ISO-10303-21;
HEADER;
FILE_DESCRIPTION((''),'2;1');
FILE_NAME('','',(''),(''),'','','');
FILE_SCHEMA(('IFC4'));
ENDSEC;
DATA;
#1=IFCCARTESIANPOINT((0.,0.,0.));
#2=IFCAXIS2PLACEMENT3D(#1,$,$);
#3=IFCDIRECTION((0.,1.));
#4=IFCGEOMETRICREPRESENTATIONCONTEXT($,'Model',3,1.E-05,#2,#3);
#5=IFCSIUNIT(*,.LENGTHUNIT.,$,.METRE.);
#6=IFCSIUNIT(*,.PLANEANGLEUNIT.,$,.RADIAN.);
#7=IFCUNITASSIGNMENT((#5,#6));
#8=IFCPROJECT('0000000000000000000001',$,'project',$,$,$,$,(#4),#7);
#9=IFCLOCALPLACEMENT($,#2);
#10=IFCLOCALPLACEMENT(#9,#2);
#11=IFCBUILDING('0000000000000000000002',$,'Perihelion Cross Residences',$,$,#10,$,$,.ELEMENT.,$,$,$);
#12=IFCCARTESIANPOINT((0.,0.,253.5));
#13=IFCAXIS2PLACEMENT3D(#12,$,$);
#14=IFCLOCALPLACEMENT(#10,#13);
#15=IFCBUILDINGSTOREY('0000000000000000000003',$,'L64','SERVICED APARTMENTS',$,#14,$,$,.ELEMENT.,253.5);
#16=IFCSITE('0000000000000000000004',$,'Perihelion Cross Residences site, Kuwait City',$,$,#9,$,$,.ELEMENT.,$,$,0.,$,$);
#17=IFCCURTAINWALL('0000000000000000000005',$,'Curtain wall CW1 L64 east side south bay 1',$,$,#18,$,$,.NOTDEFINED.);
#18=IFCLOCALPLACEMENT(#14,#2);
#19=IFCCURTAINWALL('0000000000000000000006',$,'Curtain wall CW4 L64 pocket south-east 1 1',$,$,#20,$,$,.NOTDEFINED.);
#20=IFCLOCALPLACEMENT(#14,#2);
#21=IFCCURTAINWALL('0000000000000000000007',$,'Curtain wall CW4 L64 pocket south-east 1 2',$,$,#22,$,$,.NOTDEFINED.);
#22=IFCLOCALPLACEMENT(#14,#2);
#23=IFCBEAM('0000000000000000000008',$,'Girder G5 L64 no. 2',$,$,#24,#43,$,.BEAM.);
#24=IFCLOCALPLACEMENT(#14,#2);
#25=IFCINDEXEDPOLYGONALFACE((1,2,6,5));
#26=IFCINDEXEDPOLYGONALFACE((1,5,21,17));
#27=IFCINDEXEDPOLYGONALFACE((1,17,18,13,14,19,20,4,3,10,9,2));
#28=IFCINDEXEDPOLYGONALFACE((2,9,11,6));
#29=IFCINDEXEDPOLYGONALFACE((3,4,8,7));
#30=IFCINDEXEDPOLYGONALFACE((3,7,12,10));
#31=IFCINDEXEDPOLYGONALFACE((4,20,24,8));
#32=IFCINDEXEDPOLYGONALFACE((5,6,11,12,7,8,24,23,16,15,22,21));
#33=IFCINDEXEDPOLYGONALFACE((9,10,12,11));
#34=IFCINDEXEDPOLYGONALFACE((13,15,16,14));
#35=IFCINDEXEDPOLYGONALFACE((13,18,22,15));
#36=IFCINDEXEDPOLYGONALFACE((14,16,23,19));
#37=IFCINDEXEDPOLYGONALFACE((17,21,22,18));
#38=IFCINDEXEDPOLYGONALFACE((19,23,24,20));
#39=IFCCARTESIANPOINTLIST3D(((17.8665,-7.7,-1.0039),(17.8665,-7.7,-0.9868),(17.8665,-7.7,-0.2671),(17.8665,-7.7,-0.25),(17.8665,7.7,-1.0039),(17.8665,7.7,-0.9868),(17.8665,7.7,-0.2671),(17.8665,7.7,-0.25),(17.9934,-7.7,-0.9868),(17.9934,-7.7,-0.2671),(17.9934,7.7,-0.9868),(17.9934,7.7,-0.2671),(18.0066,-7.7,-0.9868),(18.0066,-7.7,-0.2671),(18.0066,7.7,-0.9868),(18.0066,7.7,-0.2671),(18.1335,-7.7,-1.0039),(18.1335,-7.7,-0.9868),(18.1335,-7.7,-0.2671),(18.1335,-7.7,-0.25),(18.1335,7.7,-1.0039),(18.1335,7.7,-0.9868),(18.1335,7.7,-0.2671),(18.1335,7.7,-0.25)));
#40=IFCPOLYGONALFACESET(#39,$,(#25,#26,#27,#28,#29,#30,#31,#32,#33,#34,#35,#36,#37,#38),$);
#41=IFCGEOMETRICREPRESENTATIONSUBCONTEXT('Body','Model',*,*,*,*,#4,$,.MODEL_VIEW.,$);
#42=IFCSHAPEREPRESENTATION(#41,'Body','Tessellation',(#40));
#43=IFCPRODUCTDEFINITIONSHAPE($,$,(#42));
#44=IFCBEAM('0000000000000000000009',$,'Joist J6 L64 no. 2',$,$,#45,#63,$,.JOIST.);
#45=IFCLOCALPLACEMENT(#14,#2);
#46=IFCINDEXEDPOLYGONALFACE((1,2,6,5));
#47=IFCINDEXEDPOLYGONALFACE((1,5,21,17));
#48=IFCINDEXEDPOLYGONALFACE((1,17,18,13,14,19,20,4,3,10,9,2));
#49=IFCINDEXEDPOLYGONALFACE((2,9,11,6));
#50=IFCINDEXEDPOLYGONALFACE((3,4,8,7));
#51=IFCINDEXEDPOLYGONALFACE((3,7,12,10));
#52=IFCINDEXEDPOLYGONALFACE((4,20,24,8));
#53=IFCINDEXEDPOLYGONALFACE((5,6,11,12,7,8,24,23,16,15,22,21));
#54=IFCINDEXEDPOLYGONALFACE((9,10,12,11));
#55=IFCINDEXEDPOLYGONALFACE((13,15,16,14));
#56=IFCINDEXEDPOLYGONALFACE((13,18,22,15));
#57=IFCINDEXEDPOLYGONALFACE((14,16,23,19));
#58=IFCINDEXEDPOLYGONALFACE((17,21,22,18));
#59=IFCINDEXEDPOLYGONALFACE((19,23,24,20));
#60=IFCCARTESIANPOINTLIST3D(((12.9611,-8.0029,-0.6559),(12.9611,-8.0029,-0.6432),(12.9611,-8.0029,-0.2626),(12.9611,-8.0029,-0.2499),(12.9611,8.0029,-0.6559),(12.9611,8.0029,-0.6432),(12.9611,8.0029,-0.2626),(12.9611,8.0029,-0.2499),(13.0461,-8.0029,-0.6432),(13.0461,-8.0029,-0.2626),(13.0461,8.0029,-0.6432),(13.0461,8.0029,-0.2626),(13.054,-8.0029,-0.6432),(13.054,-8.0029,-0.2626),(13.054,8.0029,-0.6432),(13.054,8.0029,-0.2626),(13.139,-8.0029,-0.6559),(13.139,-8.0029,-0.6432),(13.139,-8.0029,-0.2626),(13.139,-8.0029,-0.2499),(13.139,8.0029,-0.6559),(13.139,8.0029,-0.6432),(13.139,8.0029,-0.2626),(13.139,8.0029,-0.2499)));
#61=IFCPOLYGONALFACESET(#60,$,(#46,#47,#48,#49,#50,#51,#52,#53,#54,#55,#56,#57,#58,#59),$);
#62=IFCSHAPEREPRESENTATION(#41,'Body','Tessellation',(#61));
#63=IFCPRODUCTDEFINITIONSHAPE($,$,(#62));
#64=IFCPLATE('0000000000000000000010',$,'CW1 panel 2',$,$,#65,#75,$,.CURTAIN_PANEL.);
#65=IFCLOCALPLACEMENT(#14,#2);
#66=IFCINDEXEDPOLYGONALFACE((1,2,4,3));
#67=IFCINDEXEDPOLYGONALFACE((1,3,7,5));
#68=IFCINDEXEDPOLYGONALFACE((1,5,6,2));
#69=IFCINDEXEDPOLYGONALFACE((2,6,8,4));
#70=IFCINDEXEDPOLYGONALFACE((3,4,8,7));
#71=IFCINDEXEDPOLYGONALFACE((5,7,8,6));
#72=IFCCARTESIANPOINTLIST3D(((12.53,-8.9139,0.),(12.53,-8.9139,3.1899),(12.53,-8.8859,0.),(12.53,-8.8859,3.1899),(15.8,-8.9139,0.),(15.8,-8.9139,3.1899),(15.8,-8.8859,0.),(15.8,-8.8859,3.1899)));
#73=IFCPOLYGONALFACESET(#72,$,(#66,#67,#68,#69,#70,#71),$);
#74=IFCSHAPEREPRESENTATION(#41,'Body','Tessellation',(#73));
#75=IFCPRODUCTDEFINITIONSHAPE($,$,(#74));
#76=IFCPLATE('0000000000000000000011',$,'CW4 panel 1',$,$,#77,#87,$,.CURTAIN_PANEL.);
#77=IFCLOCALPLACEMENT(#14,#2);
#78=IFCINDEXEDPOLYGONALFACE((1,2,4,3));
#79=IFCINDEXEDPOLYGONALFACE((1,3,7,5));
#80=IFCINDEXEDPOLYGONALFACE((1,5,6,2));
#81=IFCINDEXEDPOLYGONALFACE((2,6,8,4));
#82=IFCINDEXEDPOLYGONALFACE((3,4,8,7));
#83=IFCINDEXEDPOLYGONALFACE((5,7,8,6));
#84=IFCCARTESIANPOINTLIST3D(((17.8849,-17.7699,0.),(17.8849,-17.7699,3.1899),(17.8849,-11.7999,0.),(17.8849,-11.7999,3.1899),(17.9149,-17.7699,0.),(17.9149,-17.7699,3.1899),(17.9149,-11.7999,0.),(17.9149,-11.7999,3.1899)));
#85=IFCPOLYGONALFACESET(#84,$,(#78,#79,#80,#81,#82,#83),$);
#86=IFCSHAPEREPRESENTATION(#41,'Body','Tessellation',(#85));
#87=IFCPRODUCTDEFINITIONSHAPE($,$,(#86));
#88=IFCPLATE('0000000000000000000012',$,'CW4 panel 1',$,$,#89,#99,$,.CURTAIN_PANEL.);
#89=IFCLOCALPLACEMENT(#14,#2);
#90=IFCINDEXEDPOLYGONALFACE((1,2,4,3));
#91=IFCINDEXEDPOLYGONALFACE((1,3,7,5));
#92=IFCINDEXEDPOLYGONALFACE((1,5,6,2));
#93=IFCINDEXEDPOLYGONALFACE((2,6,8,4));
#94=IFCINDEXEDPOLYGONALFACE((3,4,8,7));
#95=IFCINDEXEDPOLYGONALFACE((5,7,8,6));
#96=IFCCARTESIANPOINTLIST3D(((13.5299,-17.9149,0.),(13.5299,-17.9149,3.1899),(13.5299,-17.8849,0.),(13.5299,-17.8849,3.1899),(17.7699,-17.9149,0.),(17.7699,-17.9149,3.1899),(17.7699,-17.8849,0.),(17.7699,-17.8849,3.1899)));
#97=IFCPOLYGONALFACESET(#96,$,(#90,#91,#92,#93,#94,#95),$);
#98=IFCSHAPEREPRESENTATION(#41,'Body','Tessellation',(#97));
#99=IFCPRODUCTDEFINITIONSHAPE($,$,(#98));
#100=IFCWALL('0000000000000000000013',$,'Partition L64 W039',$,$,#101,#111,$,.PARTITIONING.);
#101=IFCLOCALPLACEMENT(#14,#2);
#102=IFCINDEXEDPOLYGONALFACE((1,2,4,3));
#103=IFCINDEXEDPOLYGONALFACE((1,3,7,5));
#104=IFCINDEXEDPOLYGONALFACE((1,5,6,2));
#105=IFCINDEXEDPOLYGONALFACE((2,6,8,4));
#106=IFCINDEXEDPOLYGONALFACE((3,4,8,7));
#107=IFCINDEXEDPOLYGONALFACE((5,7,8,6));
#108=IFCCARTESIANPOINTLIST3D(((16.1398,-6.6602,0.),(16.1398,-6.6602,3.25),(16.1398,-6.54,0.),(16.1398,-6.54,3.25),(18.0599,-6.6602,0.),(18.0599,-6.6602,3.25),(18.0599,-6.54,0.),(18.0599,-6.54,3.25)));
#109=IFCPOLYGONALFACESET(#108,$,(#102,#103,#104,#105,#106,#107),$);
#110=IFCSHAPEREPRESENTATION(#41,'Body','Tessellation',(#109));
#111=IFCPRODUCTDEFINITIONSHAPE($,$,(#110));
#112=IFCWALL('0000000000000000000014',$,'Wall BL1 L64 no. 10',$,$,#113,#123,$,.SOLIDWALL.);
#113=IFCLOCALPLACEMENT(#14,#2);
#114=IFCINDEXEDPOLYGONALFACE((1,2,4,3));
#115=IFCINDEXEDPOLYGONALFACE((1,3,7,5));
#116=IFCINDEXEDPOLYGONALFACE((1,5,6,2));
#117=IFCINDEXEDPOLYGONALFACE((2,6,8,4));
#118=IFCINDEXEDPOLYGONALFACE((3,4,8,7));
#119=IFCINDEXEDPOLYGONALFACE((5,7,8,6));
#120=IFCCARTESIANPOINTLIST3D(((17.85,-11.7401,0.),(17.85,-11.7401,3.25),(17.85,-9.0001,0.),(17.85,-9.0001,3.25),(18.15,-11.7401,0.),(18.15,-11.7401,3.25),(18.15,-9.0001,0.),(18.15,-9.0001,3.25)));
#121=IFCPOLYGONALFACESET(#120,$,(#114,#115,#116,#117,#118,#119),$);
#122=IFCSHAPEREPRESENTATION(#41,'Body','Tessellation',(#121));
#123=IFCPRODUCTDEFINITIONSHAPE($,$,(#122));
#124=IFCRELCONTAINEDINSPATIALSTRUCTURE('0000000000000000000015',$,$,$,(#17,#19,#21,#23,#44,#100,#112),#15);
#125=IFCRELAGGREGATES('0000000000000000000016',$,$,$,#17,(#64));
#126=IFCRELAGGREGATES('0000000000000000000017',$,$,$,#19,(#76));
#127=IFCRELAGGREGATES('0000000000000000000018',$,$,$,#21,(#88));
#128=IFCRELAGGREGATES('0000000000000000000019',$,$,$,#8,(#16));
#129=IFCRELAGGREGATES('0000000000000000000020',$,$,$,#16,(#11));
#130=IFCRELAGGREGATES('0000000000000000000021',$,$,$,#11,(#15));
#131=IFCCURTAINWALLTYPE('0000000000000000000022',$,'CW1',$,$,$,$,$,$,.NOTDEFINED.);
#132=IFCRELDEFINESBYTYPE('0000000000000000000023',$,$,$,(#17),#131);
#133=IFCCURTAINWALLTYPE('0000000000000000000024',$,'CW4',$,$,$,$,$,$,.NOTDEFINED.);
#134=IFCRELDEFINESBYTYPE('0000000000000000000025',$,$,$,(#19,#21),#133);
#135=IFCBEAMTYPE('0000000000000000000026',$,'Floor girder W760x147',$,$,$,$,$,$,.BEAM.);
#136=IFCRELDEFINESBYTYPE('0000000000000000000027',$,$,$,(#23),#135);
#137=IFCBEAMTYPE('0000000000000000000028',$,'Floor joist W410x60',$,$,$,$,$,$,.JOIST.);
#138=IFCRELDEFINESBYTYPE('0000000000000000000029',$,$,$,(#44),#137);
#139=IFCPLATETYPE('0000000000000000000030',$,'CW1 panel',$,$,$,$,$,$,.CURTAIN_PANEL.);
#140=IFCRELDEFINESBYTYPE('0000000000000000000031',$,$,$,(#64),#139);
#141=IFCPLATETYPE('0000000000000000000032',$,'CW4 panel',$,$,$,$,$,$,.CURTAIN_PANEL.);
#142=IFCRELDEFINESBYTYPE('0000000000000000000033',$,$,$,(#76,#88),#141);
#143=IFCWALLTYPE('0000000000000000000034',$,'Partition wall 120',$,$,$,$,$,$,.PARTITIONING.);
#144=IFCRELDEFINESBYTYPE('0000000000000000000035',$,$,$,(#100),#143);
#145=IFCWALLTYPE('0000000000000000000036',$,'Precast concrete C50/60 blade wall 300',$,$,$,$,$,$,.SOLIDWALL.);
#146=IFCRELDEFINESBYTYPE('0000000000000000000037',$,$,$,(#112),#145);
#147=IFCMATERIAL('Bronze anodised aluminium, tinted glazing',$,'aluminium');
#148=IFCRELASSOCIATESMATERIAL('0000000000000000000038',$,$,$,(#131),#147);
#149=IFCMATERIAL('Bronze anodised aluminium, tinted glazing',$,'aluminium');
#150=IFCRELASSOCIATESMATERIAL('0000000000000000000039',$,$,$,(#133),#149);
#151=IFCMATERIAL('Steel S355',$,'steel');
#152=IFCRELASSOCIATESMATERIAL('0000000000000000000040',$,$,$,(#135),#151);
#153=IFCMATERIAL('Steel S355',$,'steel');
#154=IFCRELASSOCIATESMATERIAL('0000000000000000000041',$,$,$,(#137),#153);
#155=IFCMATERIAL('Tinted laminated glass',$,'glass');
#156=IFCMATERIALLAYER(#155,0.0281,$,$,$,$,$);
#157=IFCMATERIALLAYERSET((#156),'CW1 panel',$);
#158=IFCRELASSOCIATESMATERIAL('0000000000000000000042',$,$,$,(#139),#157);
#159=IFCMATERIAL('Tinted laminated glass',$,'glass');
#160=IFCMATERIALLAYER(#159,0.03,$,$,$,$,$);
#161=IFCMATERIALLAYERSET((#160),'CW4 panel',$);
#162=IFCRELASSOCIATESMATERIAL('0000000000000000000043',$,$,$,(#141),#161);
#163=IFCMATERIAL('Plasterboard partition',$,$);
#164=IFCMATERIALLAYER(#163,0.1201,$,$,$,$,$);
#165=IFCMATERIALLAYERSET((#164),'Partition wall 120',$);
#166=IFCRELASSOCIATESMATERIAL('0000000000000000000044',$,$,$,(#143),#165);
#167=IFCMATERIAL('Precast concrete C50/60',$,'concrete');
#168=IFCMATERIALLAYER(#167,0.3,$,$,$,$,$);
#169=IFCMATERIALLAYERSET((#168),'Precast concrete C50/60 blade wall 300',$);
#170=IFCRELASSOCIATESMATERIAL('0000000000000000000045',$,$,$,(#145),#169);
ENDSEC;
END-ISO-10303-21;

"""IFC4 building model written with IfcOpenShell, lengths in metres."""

from ifc_helpers import new_model, si_unit, direction, frame, frame_2d, origin, origin_2d, place, context, subcontext, project, spatial, rectangle, i_section, extrude, material, layer, layer_set, material_profile, profile_set, type_object, element, aggregate, save


model = new_model("IFC4")

# Units and contexts
model_context = context("Model", 3, precision=1e-05, world=origin(), true_north=direction((0.0, 1.0)))
body_context = subcontext(model_context, "Body", "Model", "MODEL_VIEW")
ifc_project = project(units=[si_unit("LENGTHUNIT", "METRE"), si_unit("PLANEANGLEUNIT", "RADIAN")], contexts=[model_context])

# Site, building, storey
site_placement = place(None, origin())
site = spatial("IfcSite", under=ifc_project, at=site_placement, Name="Perihelion Cross Residences site, Kuwait City", CompositionType="ELEMENT", RefElevation=0.0)
building_placement = place(site_placement, origin())
building = spatial("IfcBuilding", under=site, at=building_placement, Name="Perihelion Cross Residences", CompositionType="ELEMENT")
storey_placement = place(building_placement, frame((0.0, 0.0, 253.5)))
storey = spatial("IfcBuildingStorey", under=building, at=storey_placement, Name="L64", Description="SERVICED APARTMENTS", CompositionType="ELEMENT", Elevation=253.5)

# Curtain wall
ifc_material_1 = material(Name="Bronze anodised aluminium, tinted glazing", Category="aluminium")
curtain_wall_type_1 = type_object("IfcCurtainWallType", Name="CW1", PredefinedType="NOTDEFINED", material=ifc_material_1)
curtain_wall_1_placement = place(storey_placement, origin())
curtain_wall_1 = element("IfcCurtainWall", 1, at=curtain_wall_1_placement, inside=storey, type_object=curtain_wall_type_1, Name="Curtain wall CW1 L64 east side south bay 1", PredefinedType="NOTDEFINED")

# Curtain walls
ifc_material_2 = material(Name="Bronze anodised aluminium, tinted glazing", Category="aluminium")
curtain_wall_type_2 = type_object("IfcCurtainWallType", Name="CW4", PredefinedType="NOTDEFINED", material=ifc_material_2)
curtain_wall_2_placement = place(storey_placement, origin())
curtain_wall_2 = element("IfcCurtainWall", 2, at=curtain_wall_2_placement, inside=storey, type_object=curtain_wall_type_2, Name="Curtain wall CW4 L64 pocket south-east 1 1", PredefinedType="NOTDEFINED")
curtain_wall_3_placement = place(storey_placement, origin())
curtain_wall_3 = element("IfcCurtainWall", 3, at=curtain_wall_3_placement, inside=storey, type_object=curtain_wall_type_2, Name="Curtain wall CW4 L64 pocket south-east 1 2", PredefinedType="NOTDEFINED")

# Beams
ifc_material_3 = material(Name="Steel S355", Category="steel")
ifc_material_profile_1 = material_profile(ifc_material_3, i_section(OverallWidth=0.2671, OverallDepth=0.7539, WebThickness=0.0132, FlangeThickness=0.0171, at=origin_2d()), Name="W760x147")
ifc_profile_set_1 = profile_set([ifc_material_profile_1], Name="Steel S355")
beam_type_1 = type_object("IfcBeamType", Name="Floor girder W760x147", PredefinedType="BEAM", material=ifc_profile_set_1)
beam_1_placement = place(storey_placement, frame((18.0, -7.7, -0.627), z_axis=(0.0, 1.0, 0.0), x_axis=(-1.0, 0.0, 0.0)))
element("IfcBeam", 4, at=beam_1_placement, inside=storey, type_object=beam_type_1, Name="Girder G5 L64 no. 2", PredefinedType="BEAM", context=body_context, shape_type="SweptSolid", body=[
    extrude(i_section(OverallWidth=0.2671, OverallDepth=0.7539, WebThickness=0.0132, FlangeThickness=0.0171, at=origin_2d()), origin(), (0.0, 0.0, 1.0), 15.3999),
])
ifc_material_4 = material(Name="Steel S355", Category="steel")
ifc_material_profile_2 = material_profile(ifc_material_4, i_section(OverallWidth=0.178, OverallDepth=0.406, WebThickness=0.0078, FlangeThickness=0.0127, at=origin_2d()), Name="W410x60")
ifc_profile_set_2 = profile_set([ifc_material_profile_2], Name="Steel S355")
beam_type_2 = type_object("IfcBeamType", Name="Floor joist W410x60", PredefinedType="JOIST", material=ifc_profile_set_2)
beam_2_placement = place(storey_placement, frame((13.05, -8.0029, -0.4529), z_axis=(0.0, 1.0, 0.0), x_axis=(-1.0, 0.0, 0.0)))
element("IfcBeam", 5, at=beam_2_placement, inside=storey, type_object=beam_type_2, Name="Joist J6 L64 no. 2", PredefinedType="JOIST", context=body_context, shape_type="SweptSolid", body=[
    extrude(i_section(OverallWidth=0.178, OverallDepth=0.406, WebThickness=0.0078, FlangeThickness=0.0127, at=origin_2d()), origin(), (0.0, 0.0, 1.0), 16.0059),
])

# Plates
ifc_material_5 = material(Name="Tinted laminated glass", Category="glass")
ifc_layer_1 = layer(ifc_material_5, 0.0281)
ifc_layer_set_1 = layer_set([ifc_layer_1], Name="CW1 panel")
plate_type_1 = type_object("IfcPlateType", Name="CW1 panel", PredefinedType="CURTAIN_PANEL", material=ifc_layer_set_1)
plate_1_placement = place(storey_placement, frame((14.165, -8.8999, 0.0), z_axis=(0.0, 0.0, 1.0), x_axis=(1.0, 0.0, 0.0)))
plate_1 = element("IfcPlate", 6, at=plate_1_placement, type_object=plate_type_1, Name="CW1 panel 2", PredefinedType="CURTAIN_PANEL", context=body_context, shape_type="SweptSolid", body=[
    extrude(rectangle(XDim=3.27, YDim=0.0281, at=origin_2d()), origin(), (0.0, 0.0, 1.0), 3.1899),
])
aggregate(curtain_wall_1, [plate_1])
ifc_material_6 = material(Name="Tinted laminated glass", Category="glass")
ifc_layer_2 = layer(ifc_material_6, 0.03)
ifc_layer_set_2 = layer_set([ifc_layer_2], Name="CW4 panel")
plate_type_2 = type_object("IfcPlateType", Name="CW4 panel", PredefinedType="CURTAIN_PANEL", material=ifc_layer_set_2)
plate_2_placement = place(storey_placement, frame((17.8999, -14.7849, 0.0), z_axis=(0.0, 0.0, 1.0), x_axis=(0.0, -1.0, 0.0)))
plate_2 = element("IfcPlate", 7, at=plate_2_placement, type_object=plate_type_2, Name="CW4 panel 1", PredefinedType="CURTAIN_PANEL", context=body_context, shape_type="SweptSolid", body=[
    extrude(rectangle(XDim=5.97, YDim=0.03, at=origin_2d()), origin(), (0.0, 0.0, 1.0), 3.1899),
])
aggregate(curtain_wall_2, [plate_2])
plate_3_placement = place(storey_placement, frame((15.6499, -17.8999, 0.0), z_axis=(0.0, 0.0, 1.0), x_axis=(-1.0, 0.0, 0.0)))
plate_3 = element("IfcPlate", 8, at=plate_3_placement, type_object=plate_type_2, Name="CW4 panel 1", PredefinedType="CURTAIN_PANEL", context=body_context, shape_type="SweptSolid", body=[
    extrude(rectangle(XDim=4.24, YDim=0.03, at=origin_2d()), origin(), (0.0, 0.0, 1.0), 3.1899),
])
aggregate(curtain_wall_3, [plate_3])

# Walls
ifc_material_7 = material(Name="Plasterboard partition")
ifc_layer_3 = layer(ifc_material_7, 0.1201)
ifc_layer_set_3 = layer_set([ifc_layer_3], Name="Partition wall 120")
wall_type_1 = type_object("IfcWallType", Name="Partition wall 120", PredefinedType="PARTITIONING", material=ifc_layer_set_3)
wall_1_placement = place(storey_placement, frame((16.1399, -6.6001, 0.0), z_axis=(0.0, 0.0, 1.0), x_axis=(1.0, 0.0, 0.0)))
element("IfcWall", 9, at=wall_1_placement, inside=storey, type_object=wall_type_1, Name="Partition L64 W039", PredefinedType="PARTITIONING", context=body_context, shape_type="SweptSolid", body=[
    extrude(rectangle(XDim=1.9202, YDim=0.1201, at=frame_2d((0.96, 0.0))), origin(), (0.0, 0.0, 1.0), 3.25),
])
ifc_material_8 = material(Name="Precast concrete C50/60", Category="concrete")
ifc_layer_4 = layer(ifc_material_8, 0.3)
ifc_layer_set_4 = layer_set([ifc_layer_4], Name="Precast concrete C50/60 blade wall 300")
wall_type_2 = type_object("IfcWallType", Name="Precast concrete C50/60 blade wall 300", PredefinedType="SOLIDWALL", material=ifc_layer_set_4)
wall_2_placement = place(storey_placement, frame((18.0, -9.0, 0.0), z_axis=(0.0, 0.0, 1.0), x_axis=(0.0, -1.0, 0.0)))
element("IfcWall", 10, at=wall_2_placement, inside=storey, type_object=wall_type_2, Name="Wall BL1 L64 no. 10", PredefinedType="SOLIDWALL", context=body_context, shape_type="SweptSolid", body=[
    extrude(rectangle(XDim=2.74, YDim=0.3, at=frame_2d((1.3701, 0.0))), origin(), (0.0, 0.0, 1.0), 3.25),
])

save(model, "model.ifc")
